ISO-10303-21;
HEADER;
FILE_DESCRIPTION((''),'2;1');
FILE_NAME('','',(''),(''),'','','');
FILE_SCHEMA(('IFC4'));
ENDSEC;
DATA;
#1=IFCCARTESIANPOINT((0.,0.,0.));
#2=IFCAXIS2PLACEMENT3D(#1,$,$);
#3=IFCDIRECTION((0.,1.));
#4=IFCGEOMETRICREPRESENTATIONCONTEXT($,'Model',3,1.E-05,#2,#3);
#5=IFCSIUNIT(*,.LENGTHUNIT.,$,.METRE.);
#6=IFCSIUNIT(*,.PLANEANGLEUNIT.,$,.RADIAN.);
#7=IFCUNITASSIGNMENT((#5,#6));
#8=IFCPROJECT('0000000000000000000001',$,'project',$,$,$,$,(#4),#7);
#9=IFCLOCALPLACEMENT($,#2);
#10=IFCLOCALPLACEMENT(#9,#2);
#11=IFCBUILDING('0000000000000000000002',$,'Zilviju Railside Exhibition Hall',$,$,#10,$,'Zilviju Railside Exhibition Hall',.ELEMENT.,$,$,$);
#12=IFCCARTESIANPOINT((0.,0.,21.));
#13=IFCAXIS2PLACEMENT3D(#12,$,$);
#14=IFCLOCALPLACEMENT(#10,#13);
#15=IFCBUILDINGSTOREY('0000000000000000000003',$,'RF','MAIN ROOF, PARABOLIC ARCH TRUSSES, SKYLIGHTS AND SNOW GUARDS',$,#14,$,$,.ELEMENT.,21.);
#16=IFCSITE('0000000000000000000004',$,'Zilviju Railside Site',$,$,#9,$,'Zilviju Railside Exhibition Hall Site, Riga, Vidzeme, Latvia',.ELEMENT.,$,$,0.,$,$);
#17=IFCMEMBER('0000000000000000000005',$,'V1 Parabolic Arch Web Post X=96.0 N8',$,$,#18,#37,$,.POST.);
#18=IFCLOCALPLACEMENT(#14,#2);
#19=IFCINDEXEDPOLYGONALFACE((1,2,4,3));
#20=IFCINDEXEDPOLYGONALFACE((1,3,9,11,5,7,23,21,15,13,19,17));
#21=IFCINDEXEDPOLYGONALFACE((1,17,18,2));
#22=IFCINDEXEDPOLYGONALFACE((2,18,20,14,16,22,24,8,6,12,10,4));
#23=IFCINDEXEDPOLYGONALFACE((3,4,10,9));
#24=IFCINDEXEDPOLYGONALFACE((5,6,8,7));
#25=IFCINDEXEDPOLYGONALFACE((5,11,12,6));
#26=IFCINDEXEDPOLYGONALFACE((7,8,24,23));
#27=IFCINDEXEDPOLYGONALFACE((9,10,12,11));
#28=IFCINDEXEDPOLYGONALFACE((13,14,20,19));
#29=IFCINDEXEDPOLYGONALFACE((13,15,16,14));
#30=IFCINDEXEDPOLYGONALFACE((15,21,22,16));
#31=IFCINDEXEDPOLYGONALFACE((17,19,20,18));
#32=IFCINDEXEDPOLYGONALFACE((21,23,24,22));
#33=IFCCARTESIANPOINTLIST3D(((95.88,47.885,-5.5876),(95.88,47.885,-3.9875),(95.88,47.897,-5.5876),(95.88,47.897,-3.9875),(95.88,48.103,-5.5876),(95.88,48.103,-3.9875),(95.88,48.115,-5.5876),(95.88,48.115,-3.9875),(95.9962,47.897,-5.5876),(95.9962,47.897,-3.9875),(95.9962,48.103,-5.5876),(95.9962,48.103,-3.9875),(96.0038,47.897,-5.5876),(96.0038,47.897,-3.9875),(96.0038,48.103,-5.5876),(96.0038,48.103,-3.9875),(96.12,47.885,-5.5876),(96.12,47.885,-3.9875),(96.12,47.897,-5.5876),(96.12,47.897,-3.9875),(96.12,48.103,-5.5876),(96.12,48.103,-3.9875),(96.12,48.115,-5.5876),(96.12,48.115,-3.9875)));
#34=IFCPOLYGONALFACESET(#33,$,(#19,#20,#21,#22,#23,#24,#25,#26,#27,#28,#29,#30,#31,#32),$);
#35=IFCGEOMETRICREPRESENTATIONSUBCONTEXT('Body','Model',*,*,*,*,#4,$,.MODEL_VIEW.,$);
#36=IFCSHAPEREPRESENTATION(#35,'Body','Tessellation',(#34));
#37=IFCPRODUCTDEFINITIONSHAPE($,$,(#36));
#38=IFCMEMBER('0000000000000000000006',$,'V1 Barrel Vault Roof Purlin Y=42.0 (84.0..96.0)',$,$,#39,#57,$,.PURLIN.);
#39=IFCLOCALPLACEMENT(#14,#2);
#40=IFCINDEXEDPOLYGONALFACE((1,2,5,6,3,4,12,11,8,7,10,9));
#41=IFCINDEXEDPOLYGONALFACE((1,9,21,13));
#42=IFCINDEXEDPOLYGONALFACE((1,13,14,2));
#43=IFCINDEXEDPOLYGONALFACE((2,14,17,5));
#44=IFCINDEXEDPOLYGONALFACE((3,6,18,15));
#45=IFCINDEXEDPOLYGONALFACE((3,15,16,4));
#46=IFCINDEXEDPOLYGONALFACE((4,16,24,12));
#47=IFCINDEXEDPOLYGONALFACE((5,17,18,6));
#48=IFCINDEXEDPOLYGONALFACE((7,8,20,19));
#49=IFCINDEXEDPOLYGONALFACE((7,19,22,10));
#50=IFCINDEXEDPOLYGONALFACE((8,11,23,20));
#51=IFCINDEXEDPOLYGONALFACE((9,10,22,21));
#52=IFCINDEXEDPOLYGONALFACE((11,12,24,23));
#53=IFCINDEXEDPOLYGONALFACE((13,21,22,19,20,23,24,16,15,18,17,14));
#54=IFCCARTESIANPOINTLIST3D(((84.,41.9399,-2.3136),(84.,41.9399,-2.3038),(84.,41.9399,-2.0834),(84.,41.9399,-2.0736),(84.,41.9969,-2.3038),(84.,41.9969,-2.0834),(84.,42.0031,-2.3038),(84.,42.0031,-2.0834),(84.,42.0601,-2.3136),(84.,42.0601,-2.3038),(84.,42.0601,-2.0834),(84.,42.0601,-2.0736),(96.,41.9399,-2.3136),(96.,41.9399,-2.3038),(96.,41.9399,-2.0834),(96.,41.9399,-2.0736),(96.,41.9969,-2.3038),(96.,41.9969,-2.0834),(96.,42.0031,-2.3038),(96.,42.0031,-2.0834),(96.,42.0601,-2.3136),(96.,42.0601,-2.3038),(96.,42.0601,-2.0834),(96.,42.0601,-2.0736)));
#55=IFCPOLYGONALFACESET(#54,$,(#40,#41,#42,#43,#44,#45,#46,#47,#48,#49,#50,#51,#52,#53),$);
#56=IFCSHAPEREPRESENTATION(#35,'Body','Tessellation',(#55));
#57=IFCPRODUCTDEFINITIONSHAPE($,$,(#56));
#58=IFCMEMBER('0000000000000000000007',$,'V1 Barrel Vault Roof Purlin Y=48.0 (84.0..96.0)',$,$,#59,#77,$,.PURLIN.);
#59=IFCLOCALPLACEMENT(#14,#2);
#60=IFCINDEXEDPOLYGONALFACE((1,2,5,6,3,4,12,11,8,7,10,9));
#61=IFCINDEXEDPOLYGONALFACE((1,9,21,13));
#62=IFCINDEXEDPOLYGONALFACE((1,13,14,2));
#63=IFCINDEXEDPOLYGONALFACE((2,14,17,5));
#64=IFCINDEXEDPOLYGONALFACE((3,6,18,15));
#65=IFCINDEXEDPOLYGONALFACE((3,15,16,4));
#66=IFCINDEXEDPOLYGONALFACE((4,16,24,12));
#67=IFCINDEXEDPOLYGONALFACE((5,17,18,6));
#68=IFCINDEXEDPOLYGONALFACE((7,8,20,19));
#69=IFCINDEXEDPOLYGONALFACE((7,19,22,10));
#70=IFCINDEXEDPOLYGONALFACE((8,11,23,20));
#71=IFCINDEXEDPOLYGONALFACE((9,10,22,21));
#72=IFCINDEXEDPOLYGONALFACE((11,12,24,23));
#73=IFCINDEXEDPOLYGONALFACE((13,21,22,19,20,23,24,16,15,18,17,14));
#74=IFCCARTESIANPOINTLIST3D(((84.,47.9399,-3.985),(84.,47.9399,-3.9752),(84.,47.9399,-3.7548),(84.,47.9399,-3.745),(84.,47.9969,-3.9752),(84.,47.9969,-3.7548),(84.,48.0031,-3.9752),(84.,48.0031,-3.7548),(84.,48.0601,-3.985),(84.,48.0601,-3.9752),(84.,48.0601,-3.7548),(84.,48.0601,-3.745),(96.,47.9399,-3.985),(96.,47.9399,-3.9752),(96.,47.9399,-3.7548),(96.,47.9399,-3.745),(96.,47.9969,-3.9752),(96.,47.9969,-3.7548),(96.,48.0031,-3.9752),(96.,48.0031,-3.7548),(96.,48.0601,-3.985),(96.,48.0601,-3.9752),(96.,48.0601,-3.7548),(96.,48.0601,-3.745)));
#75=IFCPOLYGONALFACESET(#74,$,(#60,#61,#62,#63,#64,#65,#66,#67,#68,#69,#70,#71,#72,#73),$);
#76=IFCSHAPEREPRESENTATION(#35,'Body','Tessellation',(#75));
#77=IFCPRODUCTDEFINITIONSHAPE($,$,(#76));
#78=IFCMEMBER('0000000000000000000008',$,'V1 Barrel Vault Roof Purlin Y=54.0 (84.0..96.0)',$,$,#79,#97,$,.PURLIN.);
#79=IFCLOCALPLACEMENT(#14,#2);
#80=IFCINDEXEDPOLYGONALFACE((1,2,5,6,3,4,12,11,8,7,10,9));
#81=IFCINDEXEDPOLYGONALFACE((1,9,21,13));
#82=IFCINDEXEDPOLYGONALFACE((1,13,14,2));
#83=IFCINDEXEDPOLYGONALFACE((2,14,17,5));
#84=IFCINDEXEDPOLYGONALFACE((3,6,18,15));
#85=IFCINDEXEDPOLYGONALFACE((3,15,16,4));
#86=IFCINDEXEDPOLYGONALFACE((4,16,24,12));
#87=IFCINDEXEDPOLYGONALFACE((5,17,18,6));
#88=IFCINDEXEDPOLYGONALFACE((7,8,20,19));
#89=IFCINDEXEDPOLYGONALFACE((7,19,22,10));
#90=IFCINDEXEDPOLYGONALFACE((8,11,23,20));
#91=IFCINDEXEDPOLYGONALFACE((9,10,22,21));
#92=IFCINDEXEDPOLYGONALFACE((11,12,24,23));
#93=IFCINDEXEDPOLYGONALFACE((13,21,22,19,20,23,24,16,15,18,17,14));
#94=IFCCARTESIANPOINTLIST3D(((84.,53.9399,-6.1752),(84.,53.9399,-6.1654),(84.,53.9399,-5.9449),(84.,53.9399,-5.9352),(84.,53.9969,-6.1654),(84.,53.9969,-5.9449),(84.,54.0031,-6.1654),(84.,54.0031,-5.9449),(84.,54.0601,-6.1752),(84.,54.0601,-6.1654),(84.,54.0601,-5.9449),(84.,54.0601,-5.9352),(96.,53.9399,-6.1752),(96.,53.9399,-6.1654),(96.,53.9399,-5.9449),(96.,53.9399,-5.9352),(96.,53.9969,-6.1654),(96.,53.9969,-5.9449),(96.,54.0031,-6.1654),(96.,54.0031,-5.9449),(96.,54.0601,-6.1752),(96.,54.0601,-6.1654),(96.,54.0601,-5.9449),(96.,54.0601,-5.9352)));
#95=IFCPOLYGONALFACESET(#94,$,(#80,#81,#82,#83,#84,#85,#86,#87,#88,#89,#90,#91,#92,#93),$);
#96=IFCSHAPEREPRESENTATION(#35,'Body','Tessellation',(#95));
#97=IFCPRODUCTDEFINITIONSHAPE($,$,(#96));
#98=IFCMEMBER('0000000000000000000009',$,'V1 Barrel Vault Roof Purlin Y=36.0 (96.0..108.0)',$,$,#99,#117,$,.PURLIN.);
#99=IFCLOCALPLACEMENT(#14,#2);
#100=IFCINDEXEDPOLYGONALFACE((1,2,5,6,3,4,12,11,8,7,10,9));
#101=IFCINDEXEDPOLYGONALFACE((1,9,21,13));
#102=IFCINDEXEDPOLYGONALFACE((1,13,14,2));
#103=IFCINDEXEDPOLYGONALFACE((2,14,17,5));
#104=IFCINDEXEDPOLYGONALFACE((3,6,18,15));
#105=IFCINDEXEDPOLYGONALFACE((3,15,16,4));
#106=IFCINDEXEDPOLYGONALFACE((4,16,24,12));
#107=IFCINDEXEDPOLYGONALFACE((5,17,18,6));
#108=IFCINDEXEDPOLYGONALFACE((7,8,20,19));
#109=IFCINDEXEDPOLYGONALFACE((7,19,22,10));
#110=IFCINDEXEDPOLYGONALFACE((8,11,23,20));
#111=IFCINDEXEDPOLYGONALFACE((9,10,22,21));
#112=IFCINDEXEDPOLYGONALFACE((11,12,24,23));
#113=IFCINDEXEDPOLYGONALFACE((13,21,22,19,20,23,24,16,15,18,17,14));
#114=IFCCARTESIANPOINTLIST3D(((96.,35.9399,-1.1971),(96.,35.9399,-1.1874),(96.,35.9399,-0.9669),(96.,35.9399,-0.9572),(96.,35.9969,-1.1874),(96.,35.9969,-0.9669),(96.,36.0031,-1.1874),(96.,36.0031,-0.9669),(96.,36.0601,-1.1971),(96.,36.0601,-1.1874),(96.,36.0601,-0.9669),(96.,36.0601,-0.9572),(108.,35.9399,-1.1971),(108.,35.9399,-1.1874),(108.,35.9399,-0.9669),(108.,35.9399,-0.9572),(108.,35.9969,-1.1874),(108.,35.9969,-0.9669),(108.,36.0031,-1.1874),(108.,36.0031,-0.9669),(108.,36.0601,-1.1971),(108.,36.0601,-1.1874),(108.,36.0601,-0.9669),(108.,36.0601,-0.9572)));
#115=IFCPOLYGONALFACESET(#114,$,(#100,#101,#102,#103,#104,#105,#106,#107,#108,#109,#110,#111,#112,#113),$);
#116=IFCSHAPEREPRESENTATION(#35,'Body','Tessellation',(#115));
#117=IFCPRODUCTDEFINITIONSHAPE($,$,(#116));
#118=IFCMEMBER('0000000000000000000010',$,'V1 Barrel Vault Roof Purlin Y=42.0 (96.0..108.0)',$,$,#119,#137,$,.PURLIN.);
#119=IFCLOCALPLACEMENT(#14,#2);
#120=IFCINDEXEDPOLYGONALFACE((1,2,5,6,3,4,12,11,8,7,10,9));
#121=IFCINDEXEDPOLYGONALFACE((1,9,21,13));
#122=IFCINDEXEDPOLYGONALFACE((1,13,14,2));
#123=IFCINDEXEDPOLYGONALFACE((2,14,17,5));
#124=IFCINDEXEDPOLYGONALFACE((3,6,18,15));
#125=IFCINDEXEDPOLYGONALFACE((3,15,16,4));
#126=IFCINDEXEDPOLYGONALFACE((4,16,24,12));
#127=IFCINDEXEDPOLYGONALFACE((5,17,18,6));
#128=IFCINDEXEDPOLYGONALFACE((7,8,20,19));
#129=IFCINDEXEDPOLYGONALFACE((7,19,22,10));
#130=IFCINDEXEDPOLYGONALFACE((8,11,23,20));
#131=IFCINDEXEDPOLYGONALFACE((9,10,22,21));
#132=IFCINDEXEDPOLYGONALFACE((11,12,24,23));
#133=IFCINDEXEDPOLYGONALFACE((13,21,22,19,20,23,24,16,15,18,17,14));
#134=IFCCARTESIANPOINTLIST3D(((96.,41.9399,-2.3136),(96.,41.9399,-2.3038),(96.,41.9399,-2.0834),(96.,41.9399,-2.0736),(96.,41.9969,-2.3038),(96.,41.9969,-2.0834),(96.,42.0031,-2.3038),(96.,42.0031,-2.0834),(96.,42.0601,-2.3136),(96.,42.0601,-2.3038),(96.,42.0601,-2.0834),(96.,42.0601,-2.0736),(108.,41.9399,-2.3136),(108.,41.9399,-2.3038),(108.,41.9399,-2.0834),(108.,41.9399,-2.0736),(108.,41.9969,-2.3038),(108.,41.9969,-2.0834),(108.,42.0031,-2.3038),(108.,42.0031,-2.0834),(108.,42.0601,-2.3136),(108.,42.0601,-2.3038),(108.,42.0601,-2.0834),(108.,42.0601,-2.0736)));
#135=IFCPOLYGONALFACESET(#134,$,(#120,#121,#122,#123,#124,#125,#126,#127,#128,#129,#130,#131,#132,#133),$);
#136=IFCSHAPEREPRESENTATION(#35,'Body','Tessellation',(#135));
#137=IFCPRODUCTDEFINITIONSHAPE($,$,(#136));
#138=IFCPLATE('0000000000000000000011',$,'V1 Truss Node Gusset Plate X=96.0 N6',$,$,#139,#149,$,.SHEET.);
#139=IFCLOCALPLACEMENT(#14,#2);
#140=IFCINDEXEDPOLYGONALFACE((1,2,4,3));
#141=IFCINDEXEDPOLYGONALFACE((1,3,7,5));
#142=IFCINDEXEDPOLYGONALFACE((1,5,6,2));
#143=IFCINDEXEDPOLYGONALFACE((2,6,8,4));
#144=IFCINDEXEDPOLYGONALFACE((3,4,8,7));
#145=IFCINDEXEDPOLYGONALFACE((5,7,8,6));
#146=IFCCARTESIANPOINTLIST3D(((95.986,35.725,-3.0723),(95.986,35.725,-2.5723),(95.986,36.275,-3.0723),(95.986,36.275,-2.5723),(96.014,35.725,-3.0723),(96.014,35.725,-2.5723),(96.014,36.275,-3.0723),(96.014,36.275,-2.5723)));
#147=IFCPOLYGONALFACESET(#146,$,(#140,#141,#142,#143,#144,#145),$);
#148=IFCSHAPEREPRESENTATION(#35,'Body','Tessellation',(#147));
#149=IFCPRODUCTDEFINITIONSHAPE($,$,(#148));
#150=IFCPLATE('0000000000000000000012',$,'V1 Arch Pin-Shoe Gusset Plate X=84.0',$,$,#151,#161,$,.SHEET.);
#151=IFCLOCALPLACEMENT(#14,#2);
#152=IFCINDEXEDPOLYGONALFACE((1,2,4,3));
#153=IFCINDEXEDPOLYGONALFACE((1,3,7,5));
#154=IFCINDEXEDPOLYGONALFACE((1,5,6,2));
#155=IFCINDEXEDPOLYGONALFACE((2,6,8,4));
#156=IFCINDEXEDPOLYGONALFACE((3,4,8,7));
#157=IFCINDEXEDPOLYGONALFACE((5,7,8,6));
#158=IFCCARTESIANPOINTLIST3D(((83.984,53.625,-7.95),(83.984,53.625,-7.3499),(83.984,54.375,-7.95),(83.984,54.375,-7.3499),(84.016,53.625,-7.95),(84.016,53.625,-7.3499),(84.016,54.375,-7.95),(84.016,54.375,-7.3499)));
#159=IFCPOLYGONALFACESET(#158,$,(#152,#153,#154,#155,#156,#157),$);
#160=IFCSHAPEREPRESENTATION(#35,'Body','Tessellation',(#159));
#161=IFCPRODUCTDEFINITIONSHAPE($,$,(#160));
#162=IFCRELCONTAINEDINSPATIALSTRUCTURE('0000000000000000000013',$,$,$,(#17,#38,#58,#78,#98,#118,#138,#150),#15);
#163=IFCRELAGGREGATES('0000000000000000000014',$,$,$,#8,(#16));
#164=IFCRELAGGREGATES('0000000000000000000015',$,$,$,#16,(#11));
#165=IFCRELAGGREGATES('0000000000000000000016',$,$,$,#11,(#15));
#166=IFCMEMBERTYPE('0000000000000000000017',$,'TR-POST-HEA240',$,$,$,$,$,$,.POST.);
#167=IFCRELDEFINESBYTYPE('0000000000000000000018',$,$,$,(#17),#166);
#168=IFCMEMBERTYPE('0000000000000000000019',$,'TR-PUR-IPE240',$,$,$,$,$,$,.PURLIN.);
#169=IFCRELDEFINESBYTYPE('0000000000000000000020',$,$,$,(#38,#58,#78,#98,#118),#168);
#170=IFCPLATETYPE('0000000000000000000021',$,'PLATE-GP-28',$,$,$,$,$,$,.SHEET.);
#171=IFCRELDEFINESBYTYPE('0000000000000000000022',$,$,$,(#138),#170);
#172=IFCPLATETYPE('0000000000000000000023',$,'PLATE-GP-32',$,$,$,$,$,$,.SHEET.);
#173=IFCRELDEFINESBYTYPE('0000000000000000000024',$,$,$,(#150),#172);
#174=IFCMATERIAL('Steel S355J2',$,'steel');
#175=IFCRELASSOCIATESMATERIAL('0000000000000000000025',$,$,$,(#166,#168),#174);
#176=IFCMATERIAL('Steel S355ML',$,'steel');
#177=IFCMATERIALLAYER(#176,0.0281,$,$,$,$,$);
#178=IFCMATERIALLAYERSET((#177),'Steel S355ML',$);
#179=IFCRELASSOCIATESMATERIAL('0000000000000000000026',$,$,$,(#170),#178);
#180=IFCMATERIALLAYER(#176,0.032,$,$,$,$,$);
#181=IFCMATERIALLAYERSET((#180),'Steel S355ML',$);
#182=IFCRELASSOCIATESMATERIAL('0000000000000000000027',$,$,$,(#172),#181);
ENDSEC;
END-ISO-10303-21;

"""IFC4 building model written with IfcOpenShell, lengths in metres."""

from ifc_helpers import new_model, si_unit, direction, frame, origin, origin_2d, place, context, subcontext, project, spatial, rectangle, i_section, extrude, material, layer, layer_set, material_profile, profile_set, type_object, element, save


model = new_model("IFC4")

# Units and contexts
model_context = context("Model", 3, precision=1e-05, world=origin(), true_north=direction((0.0, 1.0)))
body_context = subcontext(model_context, "Body", "Model", "MODEL_VIEW")
ifc_project = project(units=[si_unit("LENGTHUNIT", "METRE"), si_unit("PLANEANGLEUNIT", "RADIAN")], contexts=[model_context])

# Site, building, storey
site_placement = place(None, origin())
site = spatial("IfcSite", under=ifc_project, at=site_placement, Name="Zilviju Railside Site", LongName="Zilviju Railside Exhibition Hall Site, Riga, Vidzeme, Latvia", CompositionType="ELEMENT", RefElevation=0.0)
building_placement = place(site_placement, origin())
building = spatial("IfcBuilding", under=site, at=building_placement, Name="Zilviju Railside Exhibition Hall", LongName="Zilviju Railside Exhibition Hall", CompositionType="ELEMENT")
storey_placement = place(building_placement, frame((0.0, 0.0, 21.0)))
storey = spatial("IfcBuildingStorey", under=building, at=storey_placement, Name="RF", Description="MAIN ROOF, PARABOLIC ARCH TRUSSES, SKYLIGHTS AND SNOW GUARDS", CompositionType="ELEMENT", Elevation=21.0)

# Members
ifc_material_1 = material(Name="Steel S355J2", Category="steel")
ifc_material_profile_1 = material_profile(ifc_material_1, i_section(OverallWidth=0.24, OverallDepth=0.23, WebThickness=0.0076, FlangeThickness=0.012, at=origin_2d()), Name="HEA 240")
ifc_profile_set_1 = profile_set([ifc_material_profile_1], Name="Steel S355J2")
member_type_1 = type_object("IfcMemberType", Name="TR-POST-HEA240", PredefinedType="POST", material=ifc_profile_set_1)
for number, where, z_axis, x_axis, name in (
    (1, (96.0, 48.0, -5.5876), (0.0, 0.0, 1.0), (1.0, 0.0, 0.0), "V1 Parabolic Arch Web Post X=96.0 N8"),
):
    element("IfcMember", number, at=place(storey_placement, frame(where, z_axis=z_axis, x_axis=x_axis)), inside=storey, type_object=member_type_1, Name=name, PredefinedType="POST", context=body_context, shape_type="SweptSolid", body=[
        extrude(i_section(OverallWidth=0.24, OverallDepth=0.23, WebThickness=0.0076, FlangeThickness=0.012, at=origin_2d()), origin(), (0.0, 0.0, 1.0), 1.6001),
    ])
ifc_material_profile_2 = material_profile(ifc_material_1, i_section(OverallWidth=0.1201, OverallDepth=0.24, WebThickness=0.0061, FlangeThickness=0.0098, at=origin_2d()), Name="IPE 240")
ifc_profile_set_2 = profile_set([ifc_material_profile_2], Name="Steel S355J2")
member_type_2 = type_object("IfcMemberType", Name="TR-PUR-IPE240", PredefinedType="PURLIN", material=ifc_profile_set_2)
for number, where, z_axis, x_axis, name in (
    (2, (84.0, 42.0, -2.1936), (1.0, 0.0, 0.0), (0.0, 1.0, 0.0), "V1 Barrel Vault Roof Purlin Y=42.0 (84.0..96.0)"),
    (3, (84.0, 48.0, -3.865), (1.0, 0.0, 0.0), (0.0, 1.0, 0.0), "V1 Barrel Vault Roof Purlin Y=48.0 (84.0..96.0)"),
    (4, (84.0, 54.0, -6.0552), (1.0, 0.0, 0.0), (0.0, 1.0, 0.0), "V1 Barrel Vault Roof Purlin Y=54.0 (84.0..96.0)"),
    (5, (96.0, 36.0, -1.0771), (1.0, 0.0, 0.0), (0.0, 1.0, 0.0), "V1 Barrel Vault Roof Purlin Y=36.0 (96.0..108.0)"),
    (6, (96.0, 42.0, -2.1936), (1.0, 0.0, 0.0), (0.0, 1.0, 0.0), "V1 Barrel Vault Roof Purlin Y=42.0 (96.0..108.0)"),
):
    element("IfcMember", number, at=place(storey_placement, frame(where, z_axis=z_axis, x_axis=x_axis)), inside=storey, type_object=member_type_2, Name=name, PredefinedType="PURLIN", context=body_context, shape_type="SweptSolid", body=[
        extrude(i_section(OverallWidth=0.1201, OverallDepth=0.24, WebThickness=0.0061, FlangeThickness=0.0098, at=origin_2d()), origin(), (0.0, 0.0, 1.0), 12.0),
    ])

# Plates
ifc_material_2 = material(Name="Steel S355ML", Category="steel")
ifc_layer_1 = layer(ifc_material_2, 0.0281)
ifc_layer_set_1 = layer_set([ifc_layer_1], Name="Steel S355ML")
plate_type_1 = type_object("IfcPlateType", Name="PLATE-GP-28", PredefinedType="SHEET", material=ifc_layer_set_1)
plate_1_placement = place(storey_placement, frame((96.0, 36.0, -3.0723), z_axis=(0.0, 0.0, 1.0), x_axis=(1.0, 0.0, 0.0)))
element("IfcPlate", 7, at=plate_1_placement, inside=storey, type_object=plate_type_1, Name="V1 Truss Node Gusset Plate X=96.0 N6", PredefinedType="SHEET", context=body_context, shape_type="SweptSolid", body=[
    extrude(rectangle(XDim=0.0281, YDim=0.55, at=origin_2d()), origin(), (0.0, 0.0, 1.0), 0.5),
])
ifc_layer_2 = layer(ifc_material_2, 0.032)
ifc_layer_set_2 = layer_set([ifc_layer_2], Name="Steel S355ML")
plate_type_2 = type_object("IfcPlateType", Name="PLATE-GP-32", PredefinedType="SHEET", material=ifc_layer_set_2)
plate_2_placement = place(storey_placement, frame((84.0, 54.0, -7.95), z_axis=(0.0, 0.0, 1.0), x_axis=(1.0, 0.0, 0.0)))
element("IfcPlate", 8, at=plate_2_placement, inside=storey, type_object=plate_type_2, Name="V1 Arch Pin-Shoe Gusset Plate X=84.0", PredefinedType="SHEET", context=body_context, shape_type="SweptSolid", body=[
    extrude(rectangle(XDim=0.032, YDim=0.75, at=origin_2d()), origin(), (0.0, 0.0, 1.0), 0.6001),
])

save(model, "model.ifc")
